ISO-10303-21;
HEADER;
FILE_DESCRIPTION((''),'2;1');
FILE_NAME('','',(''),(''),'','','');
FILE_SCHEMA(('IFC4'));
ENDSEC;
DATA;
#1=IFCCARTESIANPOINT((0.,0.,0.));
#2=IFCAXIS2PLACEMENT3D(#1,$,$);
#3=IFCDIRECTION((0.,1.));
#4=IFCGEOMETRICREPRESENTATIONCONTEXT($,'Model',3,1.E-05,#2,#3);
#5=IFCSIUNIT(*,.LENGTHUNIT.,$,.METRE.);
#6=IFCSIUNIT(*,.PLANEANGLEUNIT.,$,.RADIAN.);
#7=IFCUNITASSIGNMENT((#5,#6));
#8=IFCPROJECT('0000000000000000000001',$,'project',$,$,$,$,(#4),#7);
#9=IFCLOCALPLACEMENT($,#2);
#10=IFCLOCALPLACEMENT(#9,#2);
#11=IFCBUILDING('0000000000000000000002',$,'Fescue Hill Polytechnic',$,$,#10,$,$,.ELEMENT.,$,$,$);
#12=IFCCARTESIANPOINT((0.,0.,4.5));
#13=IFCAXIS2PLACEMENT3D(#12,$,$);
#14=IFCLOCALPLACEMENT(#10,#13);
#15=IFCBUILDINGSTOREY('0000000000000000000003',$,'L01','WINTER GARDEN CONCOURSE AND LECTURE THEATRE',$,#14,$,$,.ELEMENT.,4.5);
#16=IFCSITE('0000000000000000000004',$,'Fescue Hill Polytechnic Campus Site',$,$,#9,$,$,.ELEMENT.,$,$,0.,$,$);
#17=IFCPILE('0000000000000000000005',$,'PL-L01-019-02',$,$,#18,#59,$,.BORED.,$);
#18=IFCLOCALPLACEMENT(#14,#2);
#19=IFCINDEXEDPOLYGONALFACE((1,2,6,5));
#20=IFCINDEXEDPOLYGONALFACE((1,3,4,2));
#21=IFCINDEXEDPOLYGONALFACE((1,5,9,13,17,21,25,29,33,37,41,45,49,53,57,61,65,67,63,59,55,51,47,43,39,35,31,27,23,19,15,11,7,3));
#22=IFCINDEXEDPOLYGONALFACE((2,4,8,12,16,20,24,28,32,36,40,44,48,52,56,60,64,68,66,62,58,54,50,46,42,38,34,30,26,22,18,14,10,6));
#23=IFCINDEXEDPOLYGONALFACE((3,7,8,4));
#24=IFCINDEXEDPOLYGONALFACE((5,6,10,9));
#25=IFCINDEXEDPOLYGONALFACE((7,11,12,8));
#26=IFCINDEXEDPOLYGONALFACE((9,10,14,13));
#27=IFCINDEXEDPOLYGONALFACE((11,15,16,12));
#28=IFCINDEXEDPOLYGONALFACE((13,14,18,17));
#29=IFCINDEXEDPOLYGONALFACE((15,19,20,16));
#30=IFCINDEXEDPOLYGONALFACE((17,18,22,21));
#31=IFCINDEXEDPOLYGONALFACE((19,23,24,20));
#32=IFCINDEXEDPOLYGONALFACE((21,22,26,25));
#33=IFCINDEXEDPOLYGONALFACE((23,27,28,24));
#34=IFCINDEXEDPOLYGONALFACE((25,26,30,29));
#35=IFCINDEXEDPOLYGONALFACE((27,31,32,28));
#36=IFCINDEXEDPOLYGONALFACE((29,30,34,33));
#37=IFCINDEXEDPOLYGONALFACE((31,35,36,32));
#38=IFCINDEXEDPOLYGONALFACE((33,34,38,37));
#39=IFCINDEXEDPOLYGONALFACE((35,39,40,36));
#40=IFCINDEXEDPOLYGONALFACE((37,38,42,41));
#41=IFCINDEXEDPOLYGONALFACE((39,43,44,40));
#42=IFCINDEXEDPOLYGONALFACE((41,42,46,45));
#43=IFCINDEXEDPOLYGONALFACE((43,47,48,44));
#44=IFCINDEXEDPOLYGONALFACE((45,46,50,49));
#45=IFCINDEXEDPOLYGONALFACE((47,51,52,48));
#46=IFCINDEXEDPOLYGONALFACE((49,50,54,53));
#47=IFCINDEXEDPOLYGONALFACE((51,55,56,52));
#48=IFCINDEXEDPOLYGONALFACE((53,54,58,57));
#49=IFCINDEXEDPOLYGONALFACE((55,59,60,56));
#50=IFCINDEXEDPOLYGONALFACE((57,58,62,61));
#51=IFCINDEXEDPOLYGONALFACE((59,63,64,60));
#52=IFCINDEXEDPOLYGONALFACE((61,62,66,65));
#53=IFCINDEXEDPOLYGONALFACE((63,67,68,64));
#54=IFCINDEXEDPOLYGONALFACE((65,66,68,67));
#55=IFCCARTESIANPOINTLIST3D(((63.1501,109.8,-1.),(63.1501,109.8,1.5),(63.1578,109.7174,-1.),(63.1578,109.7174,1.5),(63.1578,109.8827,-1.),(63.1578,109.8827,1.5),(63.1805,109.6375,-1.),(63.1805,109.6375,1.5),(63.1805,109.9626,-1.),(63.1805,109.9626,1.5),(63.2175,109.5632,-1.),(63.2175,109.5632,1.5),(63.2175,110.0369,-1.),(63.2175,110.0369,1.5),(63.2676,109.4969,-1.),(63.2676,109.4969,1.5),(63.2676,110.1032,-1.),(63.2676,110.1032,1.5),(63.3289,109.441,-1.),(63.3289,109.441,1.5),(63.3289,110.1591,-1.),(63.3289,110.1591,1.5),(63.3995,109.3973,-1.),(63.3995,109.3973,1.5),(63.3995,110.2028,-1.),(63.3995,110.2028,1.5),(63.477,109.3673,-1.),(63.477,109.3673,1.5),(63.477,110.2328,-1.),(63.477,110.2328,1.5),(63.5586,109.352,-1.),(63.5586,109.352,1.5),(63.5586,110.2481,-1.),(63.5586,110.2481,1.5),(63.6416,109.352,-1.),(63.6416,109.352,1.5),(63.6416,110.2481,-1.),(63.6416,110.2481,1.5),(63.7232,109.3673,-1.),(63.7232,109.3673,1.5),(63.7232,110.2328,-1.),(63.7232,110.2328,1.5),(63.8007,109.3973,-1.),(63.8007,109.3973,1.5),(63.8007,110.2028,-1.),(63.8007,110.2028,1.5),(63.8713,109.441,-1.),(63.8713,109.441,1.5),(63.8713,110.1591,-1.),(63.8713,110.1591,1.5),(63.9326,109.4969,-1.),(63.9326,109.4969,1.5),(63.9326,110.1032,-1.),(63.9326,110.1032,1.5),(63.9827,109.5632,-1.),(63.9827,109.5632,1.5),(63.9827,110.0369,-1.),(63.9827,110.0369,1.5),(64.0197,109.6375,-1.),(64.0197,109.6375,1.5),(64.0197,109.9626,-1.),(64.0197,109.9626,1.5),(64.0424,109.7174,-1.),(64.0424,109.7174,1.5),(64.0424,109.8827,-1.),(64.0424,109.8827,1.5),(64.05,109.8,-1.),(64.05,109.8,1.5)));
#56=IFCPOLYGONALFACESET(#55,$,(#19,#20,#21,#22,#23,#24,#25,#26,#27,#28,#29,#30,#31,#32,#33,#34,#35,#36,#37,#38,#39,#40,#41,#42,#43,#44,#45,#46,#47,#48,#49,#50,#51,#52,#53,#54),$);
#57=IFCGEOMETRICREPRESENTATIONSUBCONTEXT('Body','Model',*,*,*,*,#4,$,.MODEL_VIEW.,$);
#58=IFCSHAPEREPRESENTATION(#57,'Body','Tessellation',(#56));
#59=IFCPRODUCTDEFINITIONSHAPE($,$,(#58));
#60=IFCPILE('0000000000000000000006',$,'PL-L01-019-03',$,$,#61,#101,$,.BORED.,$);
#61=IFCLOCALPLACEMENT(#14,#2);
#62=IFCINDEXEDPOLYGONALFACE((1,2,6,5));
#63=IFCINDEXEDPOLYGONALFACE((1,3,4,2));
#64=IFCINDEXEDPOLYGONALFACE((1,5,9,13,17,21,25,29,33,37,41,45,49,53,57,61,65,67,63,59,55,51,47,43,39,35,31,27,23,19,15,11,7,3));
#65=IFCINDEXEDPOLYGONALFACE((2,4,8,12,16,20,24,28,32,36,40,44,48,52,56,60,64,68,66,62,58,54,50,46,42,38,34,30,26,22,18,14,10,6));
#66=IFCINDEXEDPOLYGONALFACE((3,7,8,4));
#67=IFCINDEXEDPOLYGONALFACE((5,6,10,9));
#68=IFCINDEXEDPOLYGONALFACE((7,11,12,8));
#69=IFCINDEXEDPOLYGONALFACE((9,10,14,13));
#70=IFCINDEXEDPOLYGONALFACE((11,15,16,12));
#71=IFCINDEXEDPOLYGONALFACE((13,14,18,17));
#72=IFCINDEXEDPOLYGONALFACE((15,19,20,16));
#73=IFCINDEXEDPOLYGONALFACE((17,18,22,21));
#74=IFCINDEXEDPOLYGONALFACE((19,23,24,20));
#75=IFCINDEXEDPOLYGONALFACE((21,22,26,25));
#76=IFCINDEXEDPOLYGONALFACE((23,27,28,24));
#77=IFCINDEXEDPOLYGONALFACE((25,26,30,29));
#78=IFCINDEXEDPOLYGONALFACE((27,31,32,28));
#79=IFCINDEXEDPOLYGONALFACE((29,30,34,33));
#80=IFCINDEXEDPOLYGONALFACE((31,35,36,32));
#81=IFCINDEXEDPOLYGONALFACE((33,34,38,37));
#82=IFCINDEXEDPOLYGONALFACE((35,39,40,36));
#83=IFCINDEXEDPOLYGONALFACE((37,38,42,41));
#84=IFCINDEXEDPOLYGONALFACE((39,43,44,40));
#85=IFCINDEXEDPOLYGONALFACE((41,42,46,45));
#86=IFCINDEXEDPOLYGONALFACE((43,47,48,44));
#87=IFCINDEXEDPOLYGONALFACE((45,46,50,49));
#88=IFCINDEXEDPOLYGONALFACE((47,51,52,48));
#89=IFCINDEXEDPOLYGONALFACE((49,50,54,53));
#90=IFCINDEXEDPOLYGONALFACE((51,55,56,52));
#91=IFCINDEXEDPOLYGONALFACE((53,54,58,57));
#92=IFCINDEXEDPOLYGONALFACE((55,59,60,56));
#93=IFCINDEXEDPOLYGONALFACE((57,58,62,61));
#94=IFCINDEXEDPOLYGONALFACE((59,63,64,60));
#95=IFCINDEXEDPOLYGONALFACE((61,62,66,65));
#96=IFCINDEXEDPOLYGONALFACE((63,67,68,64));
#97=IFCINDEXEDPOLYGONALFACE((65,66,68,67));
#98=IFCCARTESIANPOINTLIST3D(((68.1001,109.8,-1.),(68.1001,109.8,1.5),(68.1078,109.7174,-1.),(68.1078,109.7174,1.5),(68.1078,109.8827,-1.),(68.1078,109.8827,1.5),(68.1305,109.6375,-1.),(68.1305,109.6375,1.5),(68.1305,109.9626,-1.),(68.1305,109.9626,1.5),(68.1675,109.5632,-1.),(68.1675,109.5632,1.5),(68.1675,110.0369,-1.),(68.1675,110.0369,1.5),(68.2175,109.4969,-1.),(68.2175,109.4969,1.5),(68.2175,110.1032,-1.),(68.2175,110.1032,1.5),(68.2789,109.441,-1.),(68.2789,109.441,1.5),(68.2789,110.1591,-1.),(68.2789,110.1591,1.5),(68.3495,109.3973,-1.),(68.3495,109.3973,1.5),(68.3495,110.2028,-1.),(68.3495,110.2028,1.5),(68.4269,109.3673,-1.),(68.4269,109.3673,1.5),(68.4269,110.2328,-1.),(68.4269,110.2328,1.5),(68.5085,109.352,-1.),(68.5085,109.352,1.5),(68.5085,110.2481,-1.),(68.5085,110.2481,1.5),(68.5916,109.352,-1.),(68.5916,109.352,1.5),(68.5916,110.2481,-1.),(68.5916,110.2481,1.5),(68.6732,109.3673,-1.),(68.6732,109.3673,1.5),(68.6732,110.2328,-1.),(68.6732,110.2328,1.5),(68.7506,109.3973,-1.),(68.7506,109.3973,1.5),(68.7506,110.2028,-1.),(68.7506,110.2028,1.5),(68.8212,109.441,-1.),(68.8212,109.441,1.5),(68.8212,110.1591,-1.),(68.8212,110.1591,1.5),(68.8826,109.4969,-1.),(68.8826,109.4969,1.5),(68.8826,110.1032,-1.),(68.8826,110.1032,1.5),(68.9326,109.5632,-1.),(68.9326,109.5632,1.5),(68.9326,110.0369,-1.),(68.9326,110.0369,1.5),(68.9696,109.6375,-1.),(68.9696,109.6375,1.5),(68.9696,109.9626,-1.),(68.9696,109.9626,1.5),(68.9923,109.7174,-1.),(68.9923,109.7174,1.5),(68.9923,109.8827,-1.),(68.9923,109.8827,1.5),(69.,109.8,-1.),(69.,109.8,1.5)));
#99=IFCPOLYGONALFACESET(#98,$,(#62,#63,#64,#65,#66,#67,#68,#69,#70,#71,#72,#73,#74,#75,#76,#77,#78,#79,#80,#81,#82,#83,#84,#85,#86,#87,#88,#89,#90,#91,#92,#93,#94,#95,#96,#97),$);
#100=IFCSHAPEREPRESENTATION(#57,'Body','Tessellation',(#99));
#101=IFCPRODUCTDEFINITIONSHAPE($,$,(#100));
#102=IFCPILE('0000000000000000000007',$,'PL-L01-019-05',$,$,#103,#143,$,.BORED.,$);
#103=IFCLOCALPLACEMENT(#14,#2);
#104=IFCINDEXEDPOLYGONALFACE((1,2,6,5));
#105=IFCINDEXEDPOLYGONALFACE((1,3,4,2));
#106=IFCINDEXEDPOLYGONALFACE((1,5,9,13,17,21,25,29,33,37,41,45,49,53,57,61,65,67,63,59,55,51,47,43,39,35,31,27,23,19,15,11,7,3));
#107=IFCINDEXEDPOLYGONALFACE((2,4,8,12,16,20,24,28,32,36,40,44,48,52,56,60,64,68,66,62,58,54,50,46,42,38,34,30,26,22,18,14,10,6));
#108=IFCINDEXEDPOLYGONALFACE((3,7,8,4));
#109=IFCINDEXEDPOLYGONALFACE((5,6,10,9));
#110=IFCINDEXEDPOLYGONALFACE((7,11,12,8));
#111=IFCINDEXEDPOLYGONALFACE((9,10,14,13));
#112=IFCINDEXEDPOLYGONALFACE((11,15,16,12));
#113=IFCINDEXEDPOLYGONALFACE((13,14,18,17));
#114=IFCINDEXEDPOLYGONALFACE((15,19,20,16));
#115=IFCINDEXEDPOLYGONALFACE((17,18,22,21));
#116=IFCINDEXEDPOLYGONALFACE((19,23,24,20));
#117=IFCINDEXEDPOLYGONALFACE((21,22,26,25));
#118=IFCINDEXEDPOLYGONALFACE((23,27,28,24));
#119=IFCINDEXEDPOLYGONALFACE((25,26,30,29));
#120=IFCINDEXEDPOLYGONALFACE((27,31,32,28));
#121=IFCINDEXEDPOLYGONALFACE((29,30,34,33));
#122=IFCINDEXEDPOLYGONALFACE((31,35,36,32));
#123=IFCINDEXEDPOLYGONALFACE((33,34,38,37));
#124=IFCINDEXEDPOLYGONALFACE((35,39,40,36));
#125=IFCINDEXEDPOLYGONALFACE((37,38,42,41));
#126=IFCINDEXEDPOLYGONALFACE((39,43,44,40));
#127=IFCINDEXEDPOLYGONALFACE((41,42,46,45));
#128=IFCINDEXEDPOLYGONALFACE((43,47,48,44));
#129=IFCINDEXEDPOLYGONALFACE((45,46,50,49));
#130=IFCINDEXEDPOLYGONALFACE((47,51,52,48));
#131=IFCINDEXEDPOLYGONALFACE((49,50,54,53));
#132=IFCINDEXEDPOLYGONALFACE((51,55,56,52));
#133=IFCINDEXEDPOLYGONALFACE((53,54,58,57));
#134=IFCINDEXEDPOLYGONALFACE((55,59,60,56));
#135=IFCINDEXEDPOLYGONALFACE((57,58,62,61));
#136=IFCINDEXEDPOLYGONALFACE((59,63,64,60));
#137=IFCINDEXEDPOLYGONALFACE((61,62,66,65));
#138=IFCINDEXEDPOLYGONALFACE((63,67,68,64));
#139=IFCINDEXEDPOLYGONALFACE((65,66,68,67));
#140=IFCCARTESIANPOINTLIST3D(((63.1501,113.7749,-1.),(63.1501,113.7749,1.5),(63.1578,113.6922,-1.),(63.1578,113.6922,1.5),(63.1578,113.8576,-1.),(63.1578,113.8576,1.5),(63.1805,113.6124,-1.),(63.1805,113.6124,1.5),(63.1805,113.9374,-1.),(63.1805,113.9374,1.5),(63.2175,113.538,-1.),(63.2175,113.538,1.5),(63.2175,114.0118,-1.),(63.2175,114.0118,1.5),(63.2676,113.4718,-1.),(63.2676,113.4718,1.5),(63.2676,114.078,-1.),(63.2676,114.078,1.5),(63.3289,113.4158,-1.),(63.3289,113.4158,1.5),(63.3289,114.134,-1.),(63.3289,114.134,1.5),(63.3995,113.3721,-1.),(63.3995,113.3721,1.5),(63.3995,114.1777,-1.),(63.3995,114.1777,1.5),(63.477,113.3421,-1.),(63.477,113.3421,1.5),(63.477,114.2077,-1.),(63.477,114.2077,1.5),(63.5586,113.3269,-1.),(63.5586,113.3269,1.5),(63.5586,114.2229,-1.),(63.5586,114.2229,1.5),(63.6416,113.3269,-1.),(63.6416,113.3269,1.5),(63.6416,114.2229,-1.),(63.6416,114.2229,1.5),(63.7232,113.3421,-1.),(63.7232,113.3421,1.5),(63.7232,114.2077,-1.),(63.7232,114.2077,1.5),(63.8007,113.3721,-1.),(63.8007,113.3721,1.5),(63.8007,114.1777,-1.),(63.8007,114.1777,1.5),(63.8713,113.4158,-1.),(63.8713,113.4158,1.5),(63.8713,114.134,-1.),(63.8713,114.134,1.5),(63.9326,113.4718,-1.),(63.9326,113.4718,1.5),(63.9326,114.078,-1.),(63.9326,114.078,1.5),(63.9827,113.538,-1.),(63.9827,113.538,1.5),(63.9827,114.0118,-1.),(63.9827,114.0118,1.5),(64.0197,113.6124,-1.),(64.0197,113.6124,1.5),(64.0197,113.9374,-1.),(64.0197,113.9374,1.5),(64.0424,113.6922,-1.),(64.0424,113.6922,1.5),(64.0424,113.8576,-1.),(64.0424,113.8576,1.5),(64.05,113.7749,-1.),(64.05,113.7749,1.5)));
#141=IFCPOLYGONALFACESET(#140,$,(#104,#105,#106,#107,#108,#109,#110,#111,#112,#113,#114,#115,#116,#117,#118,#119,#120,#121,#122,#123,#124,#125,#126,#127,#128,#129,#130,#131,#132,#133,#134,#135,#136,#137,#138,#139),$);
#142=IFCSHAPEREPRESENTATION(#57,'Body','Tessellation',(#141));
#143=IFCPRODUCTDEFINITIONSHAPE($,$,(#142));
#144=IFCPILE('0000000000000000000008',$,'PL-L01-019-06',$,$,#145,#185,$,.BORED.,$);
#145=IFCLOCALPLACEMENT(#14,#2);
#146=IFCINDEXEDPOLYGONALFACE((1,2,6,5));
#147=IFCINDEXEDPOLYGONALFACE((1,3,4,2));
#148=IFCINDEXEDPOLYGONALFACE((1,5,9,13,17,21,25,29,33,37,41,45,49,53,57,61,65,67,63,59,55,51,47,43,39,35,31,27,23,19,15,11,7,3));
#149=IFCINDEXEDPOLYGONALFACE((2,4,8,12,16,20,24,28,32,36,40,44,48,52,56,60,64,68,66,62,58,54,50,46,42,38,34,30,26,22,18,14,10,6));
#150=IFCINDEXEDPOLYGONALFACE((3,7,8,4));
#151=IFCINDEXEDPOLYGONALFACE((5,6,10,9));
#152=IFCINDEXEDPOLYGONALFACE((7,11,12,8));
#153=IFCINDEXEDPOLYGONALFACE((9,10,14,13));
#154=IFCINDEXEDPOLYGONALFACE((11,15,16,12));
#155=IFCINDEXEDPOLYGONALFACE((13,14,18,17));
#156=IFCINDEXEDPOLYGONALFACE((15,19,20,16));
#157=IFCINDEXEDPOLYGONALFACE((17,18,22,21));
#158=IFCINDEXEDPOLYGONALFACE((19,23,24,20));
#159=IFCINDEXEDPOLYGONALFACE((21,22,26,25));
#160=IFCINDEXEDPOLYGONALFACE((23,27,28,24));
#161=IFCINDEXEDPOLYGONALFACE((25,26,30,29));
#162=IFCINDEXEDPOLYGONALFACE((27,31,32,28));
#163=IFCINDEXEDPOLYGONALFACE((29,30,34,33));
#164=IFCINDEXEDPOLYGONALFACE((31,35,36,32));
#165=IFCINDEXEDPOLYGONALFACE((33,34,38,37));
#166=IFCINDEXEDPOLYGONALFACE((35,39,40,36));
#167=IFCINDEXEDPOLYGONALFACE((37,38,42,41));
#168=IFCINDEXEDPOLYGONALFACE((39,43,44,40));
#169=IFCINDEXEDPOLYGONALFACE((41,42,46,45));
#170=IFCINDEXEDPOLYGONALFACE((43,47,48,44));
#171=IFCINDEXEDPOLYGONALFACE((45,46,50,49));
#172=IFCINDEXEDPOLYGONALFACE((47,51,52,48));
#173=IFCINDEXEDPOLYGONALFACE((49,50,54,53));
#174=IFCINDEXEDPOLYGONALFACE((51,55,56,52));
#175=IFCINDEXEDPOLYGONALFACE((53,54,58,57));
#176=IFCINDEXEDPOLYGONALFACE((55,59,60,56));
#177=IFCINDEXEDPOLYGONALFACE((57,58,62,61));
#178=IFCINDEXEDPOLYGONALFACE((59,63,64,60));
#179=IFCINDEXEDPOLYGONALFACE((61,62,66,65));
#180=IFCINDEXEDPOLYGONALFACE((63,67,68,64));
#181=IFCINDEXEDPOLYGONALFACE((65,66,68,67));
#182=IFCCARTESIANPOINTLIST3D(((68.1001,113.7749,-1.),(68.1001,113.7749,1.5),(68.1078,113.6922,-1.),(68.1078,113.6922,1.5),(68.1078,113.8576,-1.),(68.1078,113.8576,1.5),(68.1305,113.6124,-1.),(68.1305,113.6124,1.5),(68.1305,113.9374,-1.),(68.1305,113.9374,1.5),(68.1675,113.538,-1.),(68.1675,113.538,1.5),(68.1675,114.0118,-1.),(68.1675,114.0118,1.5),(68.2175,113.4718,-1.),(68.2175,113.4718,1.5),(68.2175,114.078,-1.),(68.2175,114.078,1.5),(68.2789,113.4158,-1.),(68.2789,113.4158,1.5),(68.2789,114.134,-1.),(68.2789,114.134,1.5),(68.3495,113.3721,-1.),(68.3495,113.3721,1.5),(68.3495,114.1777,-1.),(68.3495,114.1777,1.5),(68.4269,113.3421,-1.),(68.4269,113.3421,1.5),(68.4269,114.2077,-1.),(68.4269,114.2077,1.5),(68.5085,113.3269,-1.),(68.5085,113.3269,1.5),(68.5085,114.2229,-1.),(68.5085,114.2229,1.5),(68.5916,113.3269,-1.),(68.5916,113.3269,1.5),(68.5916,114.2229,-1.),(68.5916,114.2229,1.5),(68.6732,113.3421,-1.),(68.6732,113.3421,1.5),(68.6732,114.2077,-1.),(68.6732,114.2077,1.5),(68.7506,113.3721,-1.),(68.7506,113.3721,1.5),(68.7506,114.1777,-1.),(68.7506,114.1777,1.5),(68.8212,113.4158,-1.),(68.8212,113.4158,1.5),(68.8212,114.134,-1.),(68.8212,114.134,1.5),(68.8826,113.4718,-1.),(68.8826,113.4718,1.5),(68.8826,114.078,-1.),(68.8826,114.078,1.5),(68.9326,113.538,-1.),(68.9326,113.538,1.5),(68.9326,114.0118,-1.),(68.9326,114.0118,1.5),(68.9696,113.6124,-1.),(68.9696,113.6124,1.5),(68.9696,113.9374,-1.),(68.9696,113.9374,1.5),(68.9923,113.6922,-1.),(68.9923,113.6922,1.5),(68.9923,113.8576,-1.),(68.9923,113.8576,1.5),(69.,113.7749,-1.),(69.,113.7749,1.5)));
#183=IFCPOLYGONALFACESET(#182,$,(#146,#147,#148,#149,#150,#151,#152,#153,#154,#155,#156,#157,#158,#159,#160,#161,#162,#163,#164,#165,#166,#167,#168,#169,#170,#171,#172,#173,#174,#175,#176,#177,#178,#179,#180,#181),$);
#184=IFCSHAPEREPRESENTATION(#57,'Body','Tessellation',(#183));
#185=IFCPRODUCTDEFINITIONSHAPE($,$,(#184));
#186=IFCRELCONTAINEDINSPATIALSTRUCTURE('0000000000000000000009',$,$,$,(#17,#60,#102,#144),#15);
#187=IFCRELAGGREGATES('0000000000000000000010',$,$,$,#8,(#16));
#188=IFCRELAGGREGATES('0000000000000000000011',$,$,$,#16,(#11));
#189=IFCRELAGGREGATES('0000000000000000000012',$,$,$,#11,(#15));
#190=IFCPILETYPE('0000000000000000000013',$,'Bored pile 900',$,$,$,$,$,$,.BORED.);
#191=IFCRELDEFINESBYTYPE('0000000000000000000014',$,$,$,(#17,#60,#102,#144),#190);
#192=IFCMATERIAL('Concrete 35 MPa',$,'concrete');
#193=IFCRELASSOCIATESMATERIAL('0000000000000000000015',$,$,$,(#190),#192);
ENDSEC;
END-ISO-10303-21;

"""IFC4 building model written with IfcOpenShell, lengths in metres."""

from ifc_helpers import new_model, si_unit, direction, frame, origin, origin_2d, place, context, subcontext, project, spatial, circle, extrude, material, material_profile, profile_set, type_object, element, save


model = new_model("IFC4")

# Units and contexts
model_context = context("Model", 3, precision=1e-05, world=origin(), true_north=direction((0.0, 1.0)))
body_context = subcontext(model_context, "Body", "Model", "MODEL_VIEW")
ifc_project = project(units=[si_unit("LENGTHUNIT", "METRE"), si_unit("PLANEANGLEUNIT", "RADIAN")], contexts=[model_context])

# Site, building, storey
site_placement = place(None, origin())
site = spatial("IfcSite", under=ifc_project, at=site_placement, Name="Fescue Hill Polytechnic Campus Site", CompositionType="ELEMENT", RefElevation=0.0)
building_placement = place(site_placement, origin())
building = spatial("IfcBuilding", under=site, at=building_placement, Name="Fescue Hill Polytechnic", CompositionType="ELEMENT")
storey_placement = place(building_placement, frame((0.0, 0.0, 4.5)))
storey = spatial("IfcBuildingStorey", under=building, at=storey_placement, Name="L01", Description="WINTER GARDEN CONCOURSE AND LECTURE THEATRE", CompositionType="ELEMENT", Elevation=4.5)

# Piles
ifc_material_1 = material(Name="Concrete 35 MPa", Category="concrete")
ifc_material_profile_1 = material_profile(ifc_material_1, circle(Radius=0.45, at=origin_2d()), Name="Bored pile 900")
ifc_profile_set_1 = profile_set([ifc_material_profile_1], Name="Concrete 35 MPa")
pile_type = type_object("IfcPileType", Name="Bored pile 900", PredefinedType="BORED", material=ifc_profile_set_1)
for number, where, z_axis, x_axis, name in (
    (1, (63.6001, 109.8, 1.5), (0.0, 0.0, -1.0), (1.0, 0.0, 0.0), "PL-L01-019-02"),
    (2, (68.55, 109.8, 1.5), (0.0, 0.0, -1.0), (1.0, 0.0, 0.0), "PL-L01-019-03"),
    (3, (63.6001, 113.7749, 1.5), (0.0, 0.0, -1.0), (1.0, 0.0, 0.0), "PL-L01-019-05"),
    (4, (68.55, 113.7749, 1.5), (0.0, 0.0, -1.0), (1.0, 0.0, 0.0), "PL-L01-019-06"),
):
    element("IfcPile", number, at=place(storey_placement, frame(where, z_axis=z_axis, x_axis=x_axis)), inside=storey, type_object=pile_type, Name=name, PredefinedType="BORED", context=body_context, shape_type="SweptSolid", body=[
        extrude(circle(Radius=0.45, at=origin_2d()), origin(), (0.0, 0.0, 1.0), 2.5),
    ])

save(model, "model.ifc")
